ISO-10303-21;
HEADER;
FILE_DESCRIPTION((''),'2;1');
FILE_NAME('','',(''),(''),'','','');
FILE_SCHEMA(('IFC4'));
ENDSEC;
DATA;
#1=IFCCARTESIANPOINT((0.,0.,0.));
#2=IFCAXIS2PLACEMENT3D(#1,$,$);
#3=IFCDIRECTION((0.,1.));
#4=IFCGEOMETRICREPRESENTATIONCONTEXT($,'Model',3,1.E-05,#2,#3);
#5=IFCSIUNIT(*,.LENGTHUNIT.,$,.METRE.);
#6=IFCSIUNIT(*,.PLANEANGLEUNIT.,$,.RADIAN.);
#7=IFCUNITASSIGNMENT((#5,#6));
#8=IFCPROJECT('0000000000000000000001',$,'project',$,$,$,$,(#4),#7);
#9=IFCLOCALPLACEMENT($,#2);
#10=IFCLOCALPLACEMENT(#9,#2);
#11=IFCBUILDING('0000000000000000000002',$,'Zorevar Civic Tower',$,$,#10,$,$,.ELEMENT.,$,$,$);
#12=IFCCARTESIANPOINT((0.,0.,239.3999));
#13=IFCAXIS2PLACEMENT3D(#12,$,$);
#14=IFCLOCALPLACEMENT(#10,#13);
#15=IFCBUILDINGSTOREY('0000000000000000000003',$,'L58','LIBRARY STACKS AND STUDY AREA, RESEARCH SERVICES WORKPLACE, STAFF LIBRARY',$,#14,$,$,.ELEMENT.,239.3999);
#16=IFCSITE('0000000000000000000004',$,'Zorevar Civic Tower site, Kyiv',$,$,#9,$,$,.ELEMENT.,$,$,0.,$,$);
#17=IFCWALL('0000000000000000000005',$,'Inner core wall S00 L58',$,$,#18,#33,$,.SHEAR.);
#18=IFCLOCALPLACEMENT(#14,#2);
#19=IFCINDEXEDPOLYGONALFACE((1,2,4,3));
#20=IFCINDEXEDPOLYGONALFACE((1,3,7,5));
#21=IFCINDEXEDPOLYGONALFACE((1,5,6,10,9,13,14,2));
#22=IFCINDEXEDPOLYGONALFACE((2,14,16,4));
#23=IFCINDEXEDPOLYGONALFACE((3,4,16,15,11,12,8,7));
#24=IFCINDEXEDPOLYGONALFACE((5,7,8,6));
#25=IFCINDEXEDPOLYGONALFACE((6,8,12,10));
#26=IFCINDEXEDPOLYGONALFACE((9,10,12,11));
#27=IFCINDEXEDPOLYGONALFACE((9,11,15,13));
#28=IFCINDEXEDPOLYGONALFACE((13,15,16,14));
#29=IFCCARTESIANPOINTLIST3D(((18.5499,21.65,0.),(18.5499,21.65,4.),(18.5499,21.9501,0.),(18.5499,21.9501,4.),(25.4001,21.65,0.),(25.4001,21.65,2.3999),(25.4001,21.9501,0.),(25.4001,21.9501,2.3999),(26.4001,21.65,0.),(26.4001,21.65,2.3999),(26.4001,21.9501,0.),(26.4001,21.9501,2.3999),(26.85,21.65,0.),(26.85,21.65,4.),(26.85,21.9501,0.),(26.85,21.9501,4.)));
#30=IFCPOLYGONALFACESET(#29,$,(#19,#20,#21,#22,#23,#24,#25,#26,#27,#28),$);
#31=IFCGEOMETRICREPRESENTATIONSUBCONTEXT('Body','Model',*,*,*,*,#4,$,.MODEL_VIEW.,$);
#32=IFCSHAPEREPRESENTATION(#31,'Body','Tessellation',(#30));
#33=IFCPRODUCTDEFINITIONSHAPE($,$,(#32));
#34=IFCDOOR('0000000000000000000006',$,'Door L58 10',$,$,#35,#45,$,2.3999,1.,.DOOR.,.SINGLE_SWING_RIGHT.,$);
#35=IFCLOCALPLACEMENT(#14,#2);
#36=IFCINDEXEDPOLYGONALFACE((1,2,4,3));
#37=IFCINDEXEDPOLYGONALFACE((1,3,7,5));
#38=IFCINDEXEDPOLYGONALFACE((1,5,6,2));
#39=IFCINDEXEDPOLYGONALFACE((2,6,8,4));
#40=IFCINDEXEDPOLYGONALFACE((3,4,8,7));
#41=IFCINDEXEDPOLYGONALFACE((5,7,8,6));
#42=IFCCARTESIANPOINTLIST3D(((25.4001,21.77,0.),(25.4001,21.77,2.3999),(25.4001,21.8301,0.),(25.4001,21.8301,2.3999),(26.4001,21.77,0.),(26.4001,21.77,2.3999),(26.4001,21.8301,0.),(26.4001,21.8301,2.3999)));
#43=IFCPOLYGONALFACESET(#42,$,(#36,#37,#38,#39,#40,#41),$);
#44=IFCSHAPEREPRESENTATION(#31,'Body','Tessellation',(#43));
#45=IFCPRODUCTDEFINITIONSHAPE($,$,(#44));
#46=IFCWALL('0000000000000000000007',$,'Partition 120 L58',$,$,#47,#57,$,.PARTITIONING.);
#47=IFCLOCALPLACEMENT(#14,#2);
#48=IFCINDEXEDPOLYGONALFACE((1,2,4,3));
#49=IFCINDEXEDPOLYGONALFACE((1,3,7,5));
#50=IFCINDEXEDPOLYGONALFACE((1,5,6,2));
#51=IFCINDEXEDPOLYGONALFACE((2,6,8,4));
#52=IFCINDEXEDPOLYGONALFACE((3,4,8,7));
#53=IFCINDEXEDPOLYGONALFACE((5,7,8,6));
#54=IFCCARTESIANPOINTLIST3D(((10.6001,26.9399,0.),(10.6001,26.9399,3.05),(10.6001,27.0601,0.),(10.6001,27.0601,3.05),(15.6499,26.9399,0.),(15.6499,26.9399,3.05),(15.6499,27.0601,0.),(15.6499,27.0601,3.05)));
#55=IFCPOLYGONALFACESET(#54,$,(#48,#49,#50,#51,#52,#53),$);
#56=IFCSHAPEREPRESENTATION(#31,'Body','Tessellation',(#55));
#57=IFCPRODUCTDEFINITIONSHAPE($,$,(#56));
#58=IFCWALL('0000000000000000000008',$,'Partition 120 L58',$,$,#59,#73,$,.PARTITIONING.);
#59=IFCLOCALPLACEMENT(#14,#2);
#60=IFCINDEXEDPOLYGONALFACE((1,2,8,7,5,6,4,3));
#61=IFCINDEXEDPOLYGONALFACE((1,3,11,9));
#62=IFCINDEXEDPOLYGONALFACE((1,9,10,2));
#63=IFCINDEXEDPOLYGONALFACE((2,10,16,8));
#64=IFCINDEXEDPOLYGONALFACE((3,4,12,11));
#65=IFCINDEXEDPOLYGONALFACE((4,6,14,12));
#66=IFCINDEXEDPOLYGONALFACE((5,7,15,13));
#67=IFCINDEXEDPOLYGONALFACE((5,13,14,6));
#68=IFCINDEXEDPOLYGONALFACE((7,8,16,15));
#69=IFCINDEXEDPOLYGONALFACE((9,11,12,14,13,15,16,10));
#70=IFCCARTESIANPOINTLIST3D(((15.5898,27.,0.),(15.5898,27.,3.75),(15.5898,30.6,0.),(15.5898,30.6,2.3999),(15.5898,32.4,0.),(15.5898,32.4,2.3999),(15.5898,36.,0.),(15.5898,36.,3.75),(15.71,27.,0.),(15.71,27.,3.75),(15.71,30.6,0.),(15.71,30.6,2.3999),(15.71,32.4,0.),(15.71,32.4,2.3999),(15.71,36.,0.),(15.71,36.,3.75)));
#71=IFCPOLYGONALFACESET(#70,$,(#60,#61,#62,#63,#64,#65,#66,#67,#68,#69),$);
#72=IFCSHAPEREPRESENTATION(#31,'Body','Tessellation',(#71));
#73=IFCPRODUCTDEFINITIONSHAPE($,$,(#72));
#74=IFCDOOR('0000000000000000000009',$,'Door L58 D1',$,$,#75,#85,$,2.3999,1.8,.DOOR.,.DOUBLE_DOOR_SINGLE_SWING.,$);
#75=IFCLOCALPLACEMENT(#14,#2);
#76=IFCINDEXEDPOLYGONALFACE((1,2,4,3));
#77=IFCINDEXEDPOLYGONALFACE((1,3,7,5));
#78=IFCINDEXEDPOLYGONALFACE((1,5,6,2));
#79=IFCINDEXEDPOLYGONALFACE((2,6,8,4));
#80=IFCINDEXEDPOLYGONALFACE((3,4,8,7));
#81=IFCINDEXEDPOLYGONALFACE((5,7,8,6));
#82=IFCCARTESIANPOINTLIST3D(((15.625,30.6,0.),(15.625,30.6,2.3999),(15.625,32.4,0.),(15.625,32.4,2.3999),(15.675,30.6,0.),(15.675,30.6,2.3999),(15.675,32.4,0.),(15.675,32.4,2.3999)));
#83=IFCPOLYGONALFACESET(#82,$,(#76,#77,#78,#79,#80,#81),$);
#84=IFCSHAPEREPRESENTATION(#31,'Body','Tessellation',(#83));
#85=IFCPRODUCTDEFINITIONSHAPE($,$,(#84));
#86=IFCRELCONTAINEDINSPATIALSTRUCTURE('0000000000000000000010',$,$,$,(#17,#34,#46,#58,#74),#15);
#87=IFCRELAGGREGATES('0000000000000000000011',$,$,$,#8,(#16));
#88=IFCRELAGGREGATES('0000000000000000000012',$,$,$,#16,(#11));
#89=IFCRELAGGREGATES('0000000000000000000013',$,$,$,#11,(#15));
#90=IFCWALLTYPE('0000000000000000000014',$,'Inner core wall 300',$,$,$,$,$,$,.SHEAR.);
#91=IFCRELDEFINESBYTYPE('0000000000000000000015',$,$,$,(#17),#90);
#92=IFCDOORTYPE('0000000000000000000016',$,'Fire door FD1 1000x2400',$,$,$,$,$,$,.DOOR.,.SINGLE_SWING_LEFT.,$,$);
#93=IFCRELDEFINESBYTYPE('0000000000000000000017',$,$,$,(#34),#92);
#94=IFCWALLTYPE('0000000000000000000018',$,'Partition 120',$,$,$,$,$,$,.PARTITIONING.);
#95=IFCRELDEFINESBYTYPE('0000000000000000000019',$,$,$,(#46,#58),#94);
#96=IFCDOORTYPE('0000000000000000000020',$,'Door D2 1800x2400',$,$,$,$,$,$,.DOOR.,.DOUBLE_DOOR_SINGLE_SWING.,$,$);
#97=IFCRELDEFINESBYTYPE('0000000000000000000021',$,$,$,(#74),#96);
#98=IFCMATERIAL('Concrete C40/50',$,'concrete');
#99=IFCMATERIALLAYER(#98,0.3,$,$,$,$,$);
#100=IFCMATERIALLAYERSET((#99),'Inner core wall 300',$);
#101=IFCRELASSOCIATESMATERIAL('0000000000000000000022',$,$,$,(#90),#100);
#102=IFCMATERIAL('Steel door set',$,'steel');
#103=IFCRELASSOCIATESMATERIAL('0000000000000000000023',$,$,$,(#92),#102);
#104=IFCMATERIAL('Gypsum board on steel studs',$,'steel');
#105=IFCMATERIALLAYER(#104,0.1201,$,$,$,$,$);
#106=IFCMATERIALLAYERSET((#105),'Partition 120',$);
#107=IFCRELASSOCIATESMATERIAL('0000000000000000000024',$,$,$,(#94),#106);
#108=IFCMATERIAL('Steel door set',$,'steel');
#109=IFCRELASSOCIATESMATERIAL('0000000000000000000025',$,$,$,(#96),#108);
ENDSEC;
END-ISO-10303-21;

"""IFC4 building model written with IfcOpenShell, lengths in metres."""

from ifc_helpers import new_model, si_unit, direction, frame, frame_2d, origin, place, context, subcontext, project, spatial, rectangle, extrude, material, layer, layer_set, type_object, element, fill, save


model = new_model("IFC4")

# Units and contexts
model_context = context("Model", 3, precision=1e-05, world=origin(), true_north=direction((0.0, 1.0)))
body_context = subcontext(model_context, "Body", "Model", "MODEL_VIEW")
ifc_project = project(units=[si_unit("LENGTHUNIT", "METRE"), si_unit("PLANEANGLEUNIT", "RADIAN")], contexts=[model_context])

# Site, building, storey
site_placement = place(None, origin())
site = spatial("IfcSite", under=ifc_project, at=site_placement, Name="Zorevar Civic Tower site, Kyiv", CompositionType="ELEMENT", RefElevation=0.0)
building_placement = place(site_placement, origin())
building = spatial("IfcBuilding", under=site, at=building_placement, Name="Zorevar Civic Tower", CompositionType="ELEMENT")
storey_placement = place(building_placement, frame((0.0, 0.0, 239.3999)))
storey = spatial("IfcBuildingStorey", under=building, at=storey_placement, Name="L58", Description="LIBRARY STACKS AND STUDY AREA, RESEARCH SERVICES WORKPLACE, STAFF LIBRARY", CompositionType="ELEMENT", Elevation=239.3999)

# Wall, opening, door
ifc_material_1 = material(Name="Concrete C40/50", Category="concrete")
ifc_layer_1 = layer(ifc_material_1, 0.3)
ifc_layer_set_1 = layer_set([ifc_layer_1], Name="Inner core wall 300")
wall_type_1 = type_object("IfcWallType", Name="Inner core wall 300", PredefinedType="SHEAR", material=ifc_layer_set_1)
wall_1_placement = place(storey_placement, frame((18.55, 21.8, 0.0), z_axis=(0.0, 0.0, 1.0), x_axis=(1.0, 0.0, 0.0)))
wall_1 = element("IfcWall", 1, at=wall_1_placement, inside=storey, type_object=wall_type_1, Name="Inner core wall S00 L58", PredefinedType="SHEAR", context=body_context, shape_type="SweptSolid", body=[
    extrude(rectangle(XDim=8.3, YDim=0.3, at=frame_2d((4.1499, 0.0))), origin(), (0.0, 0.0, 1.0), 4.0),
])
opening_1_placement = place(wall_1_placement, frame((6.8501, 0.0, 0.0)))
opening_1 = element("IfcOpeningElement", 2, at=opening_1_placement, cuts=wall_1, PredefinedType="OPENING", context=body_context, shape_type="SweptSolid", body=[
    extrude(rectangle(XDim=1.0, YDim=2.3999, at=frame_2d((0.5, 1.2))), frame((0.0, 0.1599, 0.0), z_axis=(0.0, -1.0, 0.0), x_axis=(1.0, 0.0, 0.0)), (0.0, 0.0, 1.0), 0.3201),
])
ifc_material_2 = material(Name="Steel door set", Category="steel")
door_type_1 = type_object("IfcDoorType", Name="Fire door FD1 1000x2400", OperationType="SINGLE_SWING_LEFT", PredefinedType="DOOR", material=ifc_material_2)
door_1_placement = place(opening_1_placement, origin())
door_1 = element("IfcDoor", 3, at=door_1_placement, inside=storey, type_object=door_type_1, Name="Door L58 10", OperationType="SINGLE_SWING_RIGHT", OverallHeight=2.3999, OverallWidth=1.0, PredefinedType="DOOR", context=body_context, shape_type="SweptSolid", body=[
    extrude(rectangle(XDim=1.0, YDim=2.3999, at=frame_2d((0.5, 1.2))), frame((0.0, 0.03, 0.0), z_axis=(0.0, -1.0, 0.0), x_axis=(1.0, 0.0, 0.0)), (0.0, 0.0, 1.0), 0.0601),
])
fill(opening_1, door_1)

# Wall
ifc_material_3 = material(Name="Gypsum board on steel studs", Category="steel")
ifc_layer_2 = layer(ifc_material_3, 0.1201)
ifc_layer_set_2 = layer_set([ifc_layer_2], Name="Partition 120")
wall_type_2 = type_object("IfcWallType", Name="Partition 120", PredefinedType="PARTITIONING", material=ifc_layer_set_2)
wall_2_placement = place(storey_placement, frame((10.6001, 27.0, 0.0), z_axis=(0.0, 0.0, 1.0), x_axis=(1.0, 0.0, 0.0)))
element("IfcWall", 4, at=wall_2_placement, inside=storey, type_object=wall_type_2, Name="Partition 120 L58", PredefinedType="PARTITIONING", context=body_context, shape_type="SweptSolid", body=[
    extrude(rectangle(XDim=5.0498, YDim=0.1201, at=frame_2d((2.5249, 0.0))), origin(), (0.0, 0.0, 1.0), 3.05),
])

# Wall, opening, door
wall_3_placement = place(storey_placement, frame((15.6499, 27.0, 0.0), z_axis=(0.0, 0.0, 1.0), x_axis=(0.0, 1.0, 0.0)))
wall_3 = element("IfcWall", 5, at=wall_3_placement, inside=storey, type_object=wall_type_2, Name="Partition 120 L58", PredefinedType="PARTITIONING", context=body_context, shape_type="SweptSolid", body=[
    extrude(rectangle(XDim=9.0, YDim=0.1201, at=frame_2d((4.5, 0.0))), origin(), (0.0, 0.0, 1.0), 3.75),
])
opening_2_placement = place(wall_3_placement, frame((3.6001, 0.0, 0.0)))
opening_2 = element("IfcOpeningElement", 6, at=opening_2_placement, cuts=wall_3, PredefinedType="OPENING", context=body_context, shape_type="SweptSolid", body=[
    extrude(rectangle(XDim=1.8, YDim=2.3999, at=frame_2d((0.8999, 1.2))), frame((0.0, 0.0701, 0.0), z_axis=(0.0, -1.0, 0.0), x_axis=(1.0, 0.0, 0.0)), (0.0, 0.0, 1.0), 0.1401),
])
ifc_material_4 = material(Name="Steel door set", Category="steel")
door_type_2 = type_object("IfcDoorType", Name="Door D2 1800x2400", OperationType="DOUBLE_DOOR_SINGLE_SWING", PredefinedType="DOOR", material=ifc_material_4)
door_2_placement = place(opening_2_placement, origin())
door_2 = element("IfcDoor", 7, at=door_2_placement, inside=storey, type_object=door_type_2, Name="Door L58 D1", OperationType="DOUBLE_DOOR_SINGLE_SWING", OverallHeight=2.3999, OverallWidth=1.8, PredefinedType="DOOR", context=body_context, shape_type="SweptSolid", body=[
    extrude(rectangle(XDim=1.8, YDim=2.3999, at=frame_2d((0.8999, 1.2))), frame((0.0, 0.0249, 0.0), z_axis=(0.0, -1.0, 0.0), x_axis=(1.0, 0.0, 0.0)), (0.0, 0.0, 1.0), 0.05),
])
fill(opening_2, door_2)

save(model, "model.ifc")
